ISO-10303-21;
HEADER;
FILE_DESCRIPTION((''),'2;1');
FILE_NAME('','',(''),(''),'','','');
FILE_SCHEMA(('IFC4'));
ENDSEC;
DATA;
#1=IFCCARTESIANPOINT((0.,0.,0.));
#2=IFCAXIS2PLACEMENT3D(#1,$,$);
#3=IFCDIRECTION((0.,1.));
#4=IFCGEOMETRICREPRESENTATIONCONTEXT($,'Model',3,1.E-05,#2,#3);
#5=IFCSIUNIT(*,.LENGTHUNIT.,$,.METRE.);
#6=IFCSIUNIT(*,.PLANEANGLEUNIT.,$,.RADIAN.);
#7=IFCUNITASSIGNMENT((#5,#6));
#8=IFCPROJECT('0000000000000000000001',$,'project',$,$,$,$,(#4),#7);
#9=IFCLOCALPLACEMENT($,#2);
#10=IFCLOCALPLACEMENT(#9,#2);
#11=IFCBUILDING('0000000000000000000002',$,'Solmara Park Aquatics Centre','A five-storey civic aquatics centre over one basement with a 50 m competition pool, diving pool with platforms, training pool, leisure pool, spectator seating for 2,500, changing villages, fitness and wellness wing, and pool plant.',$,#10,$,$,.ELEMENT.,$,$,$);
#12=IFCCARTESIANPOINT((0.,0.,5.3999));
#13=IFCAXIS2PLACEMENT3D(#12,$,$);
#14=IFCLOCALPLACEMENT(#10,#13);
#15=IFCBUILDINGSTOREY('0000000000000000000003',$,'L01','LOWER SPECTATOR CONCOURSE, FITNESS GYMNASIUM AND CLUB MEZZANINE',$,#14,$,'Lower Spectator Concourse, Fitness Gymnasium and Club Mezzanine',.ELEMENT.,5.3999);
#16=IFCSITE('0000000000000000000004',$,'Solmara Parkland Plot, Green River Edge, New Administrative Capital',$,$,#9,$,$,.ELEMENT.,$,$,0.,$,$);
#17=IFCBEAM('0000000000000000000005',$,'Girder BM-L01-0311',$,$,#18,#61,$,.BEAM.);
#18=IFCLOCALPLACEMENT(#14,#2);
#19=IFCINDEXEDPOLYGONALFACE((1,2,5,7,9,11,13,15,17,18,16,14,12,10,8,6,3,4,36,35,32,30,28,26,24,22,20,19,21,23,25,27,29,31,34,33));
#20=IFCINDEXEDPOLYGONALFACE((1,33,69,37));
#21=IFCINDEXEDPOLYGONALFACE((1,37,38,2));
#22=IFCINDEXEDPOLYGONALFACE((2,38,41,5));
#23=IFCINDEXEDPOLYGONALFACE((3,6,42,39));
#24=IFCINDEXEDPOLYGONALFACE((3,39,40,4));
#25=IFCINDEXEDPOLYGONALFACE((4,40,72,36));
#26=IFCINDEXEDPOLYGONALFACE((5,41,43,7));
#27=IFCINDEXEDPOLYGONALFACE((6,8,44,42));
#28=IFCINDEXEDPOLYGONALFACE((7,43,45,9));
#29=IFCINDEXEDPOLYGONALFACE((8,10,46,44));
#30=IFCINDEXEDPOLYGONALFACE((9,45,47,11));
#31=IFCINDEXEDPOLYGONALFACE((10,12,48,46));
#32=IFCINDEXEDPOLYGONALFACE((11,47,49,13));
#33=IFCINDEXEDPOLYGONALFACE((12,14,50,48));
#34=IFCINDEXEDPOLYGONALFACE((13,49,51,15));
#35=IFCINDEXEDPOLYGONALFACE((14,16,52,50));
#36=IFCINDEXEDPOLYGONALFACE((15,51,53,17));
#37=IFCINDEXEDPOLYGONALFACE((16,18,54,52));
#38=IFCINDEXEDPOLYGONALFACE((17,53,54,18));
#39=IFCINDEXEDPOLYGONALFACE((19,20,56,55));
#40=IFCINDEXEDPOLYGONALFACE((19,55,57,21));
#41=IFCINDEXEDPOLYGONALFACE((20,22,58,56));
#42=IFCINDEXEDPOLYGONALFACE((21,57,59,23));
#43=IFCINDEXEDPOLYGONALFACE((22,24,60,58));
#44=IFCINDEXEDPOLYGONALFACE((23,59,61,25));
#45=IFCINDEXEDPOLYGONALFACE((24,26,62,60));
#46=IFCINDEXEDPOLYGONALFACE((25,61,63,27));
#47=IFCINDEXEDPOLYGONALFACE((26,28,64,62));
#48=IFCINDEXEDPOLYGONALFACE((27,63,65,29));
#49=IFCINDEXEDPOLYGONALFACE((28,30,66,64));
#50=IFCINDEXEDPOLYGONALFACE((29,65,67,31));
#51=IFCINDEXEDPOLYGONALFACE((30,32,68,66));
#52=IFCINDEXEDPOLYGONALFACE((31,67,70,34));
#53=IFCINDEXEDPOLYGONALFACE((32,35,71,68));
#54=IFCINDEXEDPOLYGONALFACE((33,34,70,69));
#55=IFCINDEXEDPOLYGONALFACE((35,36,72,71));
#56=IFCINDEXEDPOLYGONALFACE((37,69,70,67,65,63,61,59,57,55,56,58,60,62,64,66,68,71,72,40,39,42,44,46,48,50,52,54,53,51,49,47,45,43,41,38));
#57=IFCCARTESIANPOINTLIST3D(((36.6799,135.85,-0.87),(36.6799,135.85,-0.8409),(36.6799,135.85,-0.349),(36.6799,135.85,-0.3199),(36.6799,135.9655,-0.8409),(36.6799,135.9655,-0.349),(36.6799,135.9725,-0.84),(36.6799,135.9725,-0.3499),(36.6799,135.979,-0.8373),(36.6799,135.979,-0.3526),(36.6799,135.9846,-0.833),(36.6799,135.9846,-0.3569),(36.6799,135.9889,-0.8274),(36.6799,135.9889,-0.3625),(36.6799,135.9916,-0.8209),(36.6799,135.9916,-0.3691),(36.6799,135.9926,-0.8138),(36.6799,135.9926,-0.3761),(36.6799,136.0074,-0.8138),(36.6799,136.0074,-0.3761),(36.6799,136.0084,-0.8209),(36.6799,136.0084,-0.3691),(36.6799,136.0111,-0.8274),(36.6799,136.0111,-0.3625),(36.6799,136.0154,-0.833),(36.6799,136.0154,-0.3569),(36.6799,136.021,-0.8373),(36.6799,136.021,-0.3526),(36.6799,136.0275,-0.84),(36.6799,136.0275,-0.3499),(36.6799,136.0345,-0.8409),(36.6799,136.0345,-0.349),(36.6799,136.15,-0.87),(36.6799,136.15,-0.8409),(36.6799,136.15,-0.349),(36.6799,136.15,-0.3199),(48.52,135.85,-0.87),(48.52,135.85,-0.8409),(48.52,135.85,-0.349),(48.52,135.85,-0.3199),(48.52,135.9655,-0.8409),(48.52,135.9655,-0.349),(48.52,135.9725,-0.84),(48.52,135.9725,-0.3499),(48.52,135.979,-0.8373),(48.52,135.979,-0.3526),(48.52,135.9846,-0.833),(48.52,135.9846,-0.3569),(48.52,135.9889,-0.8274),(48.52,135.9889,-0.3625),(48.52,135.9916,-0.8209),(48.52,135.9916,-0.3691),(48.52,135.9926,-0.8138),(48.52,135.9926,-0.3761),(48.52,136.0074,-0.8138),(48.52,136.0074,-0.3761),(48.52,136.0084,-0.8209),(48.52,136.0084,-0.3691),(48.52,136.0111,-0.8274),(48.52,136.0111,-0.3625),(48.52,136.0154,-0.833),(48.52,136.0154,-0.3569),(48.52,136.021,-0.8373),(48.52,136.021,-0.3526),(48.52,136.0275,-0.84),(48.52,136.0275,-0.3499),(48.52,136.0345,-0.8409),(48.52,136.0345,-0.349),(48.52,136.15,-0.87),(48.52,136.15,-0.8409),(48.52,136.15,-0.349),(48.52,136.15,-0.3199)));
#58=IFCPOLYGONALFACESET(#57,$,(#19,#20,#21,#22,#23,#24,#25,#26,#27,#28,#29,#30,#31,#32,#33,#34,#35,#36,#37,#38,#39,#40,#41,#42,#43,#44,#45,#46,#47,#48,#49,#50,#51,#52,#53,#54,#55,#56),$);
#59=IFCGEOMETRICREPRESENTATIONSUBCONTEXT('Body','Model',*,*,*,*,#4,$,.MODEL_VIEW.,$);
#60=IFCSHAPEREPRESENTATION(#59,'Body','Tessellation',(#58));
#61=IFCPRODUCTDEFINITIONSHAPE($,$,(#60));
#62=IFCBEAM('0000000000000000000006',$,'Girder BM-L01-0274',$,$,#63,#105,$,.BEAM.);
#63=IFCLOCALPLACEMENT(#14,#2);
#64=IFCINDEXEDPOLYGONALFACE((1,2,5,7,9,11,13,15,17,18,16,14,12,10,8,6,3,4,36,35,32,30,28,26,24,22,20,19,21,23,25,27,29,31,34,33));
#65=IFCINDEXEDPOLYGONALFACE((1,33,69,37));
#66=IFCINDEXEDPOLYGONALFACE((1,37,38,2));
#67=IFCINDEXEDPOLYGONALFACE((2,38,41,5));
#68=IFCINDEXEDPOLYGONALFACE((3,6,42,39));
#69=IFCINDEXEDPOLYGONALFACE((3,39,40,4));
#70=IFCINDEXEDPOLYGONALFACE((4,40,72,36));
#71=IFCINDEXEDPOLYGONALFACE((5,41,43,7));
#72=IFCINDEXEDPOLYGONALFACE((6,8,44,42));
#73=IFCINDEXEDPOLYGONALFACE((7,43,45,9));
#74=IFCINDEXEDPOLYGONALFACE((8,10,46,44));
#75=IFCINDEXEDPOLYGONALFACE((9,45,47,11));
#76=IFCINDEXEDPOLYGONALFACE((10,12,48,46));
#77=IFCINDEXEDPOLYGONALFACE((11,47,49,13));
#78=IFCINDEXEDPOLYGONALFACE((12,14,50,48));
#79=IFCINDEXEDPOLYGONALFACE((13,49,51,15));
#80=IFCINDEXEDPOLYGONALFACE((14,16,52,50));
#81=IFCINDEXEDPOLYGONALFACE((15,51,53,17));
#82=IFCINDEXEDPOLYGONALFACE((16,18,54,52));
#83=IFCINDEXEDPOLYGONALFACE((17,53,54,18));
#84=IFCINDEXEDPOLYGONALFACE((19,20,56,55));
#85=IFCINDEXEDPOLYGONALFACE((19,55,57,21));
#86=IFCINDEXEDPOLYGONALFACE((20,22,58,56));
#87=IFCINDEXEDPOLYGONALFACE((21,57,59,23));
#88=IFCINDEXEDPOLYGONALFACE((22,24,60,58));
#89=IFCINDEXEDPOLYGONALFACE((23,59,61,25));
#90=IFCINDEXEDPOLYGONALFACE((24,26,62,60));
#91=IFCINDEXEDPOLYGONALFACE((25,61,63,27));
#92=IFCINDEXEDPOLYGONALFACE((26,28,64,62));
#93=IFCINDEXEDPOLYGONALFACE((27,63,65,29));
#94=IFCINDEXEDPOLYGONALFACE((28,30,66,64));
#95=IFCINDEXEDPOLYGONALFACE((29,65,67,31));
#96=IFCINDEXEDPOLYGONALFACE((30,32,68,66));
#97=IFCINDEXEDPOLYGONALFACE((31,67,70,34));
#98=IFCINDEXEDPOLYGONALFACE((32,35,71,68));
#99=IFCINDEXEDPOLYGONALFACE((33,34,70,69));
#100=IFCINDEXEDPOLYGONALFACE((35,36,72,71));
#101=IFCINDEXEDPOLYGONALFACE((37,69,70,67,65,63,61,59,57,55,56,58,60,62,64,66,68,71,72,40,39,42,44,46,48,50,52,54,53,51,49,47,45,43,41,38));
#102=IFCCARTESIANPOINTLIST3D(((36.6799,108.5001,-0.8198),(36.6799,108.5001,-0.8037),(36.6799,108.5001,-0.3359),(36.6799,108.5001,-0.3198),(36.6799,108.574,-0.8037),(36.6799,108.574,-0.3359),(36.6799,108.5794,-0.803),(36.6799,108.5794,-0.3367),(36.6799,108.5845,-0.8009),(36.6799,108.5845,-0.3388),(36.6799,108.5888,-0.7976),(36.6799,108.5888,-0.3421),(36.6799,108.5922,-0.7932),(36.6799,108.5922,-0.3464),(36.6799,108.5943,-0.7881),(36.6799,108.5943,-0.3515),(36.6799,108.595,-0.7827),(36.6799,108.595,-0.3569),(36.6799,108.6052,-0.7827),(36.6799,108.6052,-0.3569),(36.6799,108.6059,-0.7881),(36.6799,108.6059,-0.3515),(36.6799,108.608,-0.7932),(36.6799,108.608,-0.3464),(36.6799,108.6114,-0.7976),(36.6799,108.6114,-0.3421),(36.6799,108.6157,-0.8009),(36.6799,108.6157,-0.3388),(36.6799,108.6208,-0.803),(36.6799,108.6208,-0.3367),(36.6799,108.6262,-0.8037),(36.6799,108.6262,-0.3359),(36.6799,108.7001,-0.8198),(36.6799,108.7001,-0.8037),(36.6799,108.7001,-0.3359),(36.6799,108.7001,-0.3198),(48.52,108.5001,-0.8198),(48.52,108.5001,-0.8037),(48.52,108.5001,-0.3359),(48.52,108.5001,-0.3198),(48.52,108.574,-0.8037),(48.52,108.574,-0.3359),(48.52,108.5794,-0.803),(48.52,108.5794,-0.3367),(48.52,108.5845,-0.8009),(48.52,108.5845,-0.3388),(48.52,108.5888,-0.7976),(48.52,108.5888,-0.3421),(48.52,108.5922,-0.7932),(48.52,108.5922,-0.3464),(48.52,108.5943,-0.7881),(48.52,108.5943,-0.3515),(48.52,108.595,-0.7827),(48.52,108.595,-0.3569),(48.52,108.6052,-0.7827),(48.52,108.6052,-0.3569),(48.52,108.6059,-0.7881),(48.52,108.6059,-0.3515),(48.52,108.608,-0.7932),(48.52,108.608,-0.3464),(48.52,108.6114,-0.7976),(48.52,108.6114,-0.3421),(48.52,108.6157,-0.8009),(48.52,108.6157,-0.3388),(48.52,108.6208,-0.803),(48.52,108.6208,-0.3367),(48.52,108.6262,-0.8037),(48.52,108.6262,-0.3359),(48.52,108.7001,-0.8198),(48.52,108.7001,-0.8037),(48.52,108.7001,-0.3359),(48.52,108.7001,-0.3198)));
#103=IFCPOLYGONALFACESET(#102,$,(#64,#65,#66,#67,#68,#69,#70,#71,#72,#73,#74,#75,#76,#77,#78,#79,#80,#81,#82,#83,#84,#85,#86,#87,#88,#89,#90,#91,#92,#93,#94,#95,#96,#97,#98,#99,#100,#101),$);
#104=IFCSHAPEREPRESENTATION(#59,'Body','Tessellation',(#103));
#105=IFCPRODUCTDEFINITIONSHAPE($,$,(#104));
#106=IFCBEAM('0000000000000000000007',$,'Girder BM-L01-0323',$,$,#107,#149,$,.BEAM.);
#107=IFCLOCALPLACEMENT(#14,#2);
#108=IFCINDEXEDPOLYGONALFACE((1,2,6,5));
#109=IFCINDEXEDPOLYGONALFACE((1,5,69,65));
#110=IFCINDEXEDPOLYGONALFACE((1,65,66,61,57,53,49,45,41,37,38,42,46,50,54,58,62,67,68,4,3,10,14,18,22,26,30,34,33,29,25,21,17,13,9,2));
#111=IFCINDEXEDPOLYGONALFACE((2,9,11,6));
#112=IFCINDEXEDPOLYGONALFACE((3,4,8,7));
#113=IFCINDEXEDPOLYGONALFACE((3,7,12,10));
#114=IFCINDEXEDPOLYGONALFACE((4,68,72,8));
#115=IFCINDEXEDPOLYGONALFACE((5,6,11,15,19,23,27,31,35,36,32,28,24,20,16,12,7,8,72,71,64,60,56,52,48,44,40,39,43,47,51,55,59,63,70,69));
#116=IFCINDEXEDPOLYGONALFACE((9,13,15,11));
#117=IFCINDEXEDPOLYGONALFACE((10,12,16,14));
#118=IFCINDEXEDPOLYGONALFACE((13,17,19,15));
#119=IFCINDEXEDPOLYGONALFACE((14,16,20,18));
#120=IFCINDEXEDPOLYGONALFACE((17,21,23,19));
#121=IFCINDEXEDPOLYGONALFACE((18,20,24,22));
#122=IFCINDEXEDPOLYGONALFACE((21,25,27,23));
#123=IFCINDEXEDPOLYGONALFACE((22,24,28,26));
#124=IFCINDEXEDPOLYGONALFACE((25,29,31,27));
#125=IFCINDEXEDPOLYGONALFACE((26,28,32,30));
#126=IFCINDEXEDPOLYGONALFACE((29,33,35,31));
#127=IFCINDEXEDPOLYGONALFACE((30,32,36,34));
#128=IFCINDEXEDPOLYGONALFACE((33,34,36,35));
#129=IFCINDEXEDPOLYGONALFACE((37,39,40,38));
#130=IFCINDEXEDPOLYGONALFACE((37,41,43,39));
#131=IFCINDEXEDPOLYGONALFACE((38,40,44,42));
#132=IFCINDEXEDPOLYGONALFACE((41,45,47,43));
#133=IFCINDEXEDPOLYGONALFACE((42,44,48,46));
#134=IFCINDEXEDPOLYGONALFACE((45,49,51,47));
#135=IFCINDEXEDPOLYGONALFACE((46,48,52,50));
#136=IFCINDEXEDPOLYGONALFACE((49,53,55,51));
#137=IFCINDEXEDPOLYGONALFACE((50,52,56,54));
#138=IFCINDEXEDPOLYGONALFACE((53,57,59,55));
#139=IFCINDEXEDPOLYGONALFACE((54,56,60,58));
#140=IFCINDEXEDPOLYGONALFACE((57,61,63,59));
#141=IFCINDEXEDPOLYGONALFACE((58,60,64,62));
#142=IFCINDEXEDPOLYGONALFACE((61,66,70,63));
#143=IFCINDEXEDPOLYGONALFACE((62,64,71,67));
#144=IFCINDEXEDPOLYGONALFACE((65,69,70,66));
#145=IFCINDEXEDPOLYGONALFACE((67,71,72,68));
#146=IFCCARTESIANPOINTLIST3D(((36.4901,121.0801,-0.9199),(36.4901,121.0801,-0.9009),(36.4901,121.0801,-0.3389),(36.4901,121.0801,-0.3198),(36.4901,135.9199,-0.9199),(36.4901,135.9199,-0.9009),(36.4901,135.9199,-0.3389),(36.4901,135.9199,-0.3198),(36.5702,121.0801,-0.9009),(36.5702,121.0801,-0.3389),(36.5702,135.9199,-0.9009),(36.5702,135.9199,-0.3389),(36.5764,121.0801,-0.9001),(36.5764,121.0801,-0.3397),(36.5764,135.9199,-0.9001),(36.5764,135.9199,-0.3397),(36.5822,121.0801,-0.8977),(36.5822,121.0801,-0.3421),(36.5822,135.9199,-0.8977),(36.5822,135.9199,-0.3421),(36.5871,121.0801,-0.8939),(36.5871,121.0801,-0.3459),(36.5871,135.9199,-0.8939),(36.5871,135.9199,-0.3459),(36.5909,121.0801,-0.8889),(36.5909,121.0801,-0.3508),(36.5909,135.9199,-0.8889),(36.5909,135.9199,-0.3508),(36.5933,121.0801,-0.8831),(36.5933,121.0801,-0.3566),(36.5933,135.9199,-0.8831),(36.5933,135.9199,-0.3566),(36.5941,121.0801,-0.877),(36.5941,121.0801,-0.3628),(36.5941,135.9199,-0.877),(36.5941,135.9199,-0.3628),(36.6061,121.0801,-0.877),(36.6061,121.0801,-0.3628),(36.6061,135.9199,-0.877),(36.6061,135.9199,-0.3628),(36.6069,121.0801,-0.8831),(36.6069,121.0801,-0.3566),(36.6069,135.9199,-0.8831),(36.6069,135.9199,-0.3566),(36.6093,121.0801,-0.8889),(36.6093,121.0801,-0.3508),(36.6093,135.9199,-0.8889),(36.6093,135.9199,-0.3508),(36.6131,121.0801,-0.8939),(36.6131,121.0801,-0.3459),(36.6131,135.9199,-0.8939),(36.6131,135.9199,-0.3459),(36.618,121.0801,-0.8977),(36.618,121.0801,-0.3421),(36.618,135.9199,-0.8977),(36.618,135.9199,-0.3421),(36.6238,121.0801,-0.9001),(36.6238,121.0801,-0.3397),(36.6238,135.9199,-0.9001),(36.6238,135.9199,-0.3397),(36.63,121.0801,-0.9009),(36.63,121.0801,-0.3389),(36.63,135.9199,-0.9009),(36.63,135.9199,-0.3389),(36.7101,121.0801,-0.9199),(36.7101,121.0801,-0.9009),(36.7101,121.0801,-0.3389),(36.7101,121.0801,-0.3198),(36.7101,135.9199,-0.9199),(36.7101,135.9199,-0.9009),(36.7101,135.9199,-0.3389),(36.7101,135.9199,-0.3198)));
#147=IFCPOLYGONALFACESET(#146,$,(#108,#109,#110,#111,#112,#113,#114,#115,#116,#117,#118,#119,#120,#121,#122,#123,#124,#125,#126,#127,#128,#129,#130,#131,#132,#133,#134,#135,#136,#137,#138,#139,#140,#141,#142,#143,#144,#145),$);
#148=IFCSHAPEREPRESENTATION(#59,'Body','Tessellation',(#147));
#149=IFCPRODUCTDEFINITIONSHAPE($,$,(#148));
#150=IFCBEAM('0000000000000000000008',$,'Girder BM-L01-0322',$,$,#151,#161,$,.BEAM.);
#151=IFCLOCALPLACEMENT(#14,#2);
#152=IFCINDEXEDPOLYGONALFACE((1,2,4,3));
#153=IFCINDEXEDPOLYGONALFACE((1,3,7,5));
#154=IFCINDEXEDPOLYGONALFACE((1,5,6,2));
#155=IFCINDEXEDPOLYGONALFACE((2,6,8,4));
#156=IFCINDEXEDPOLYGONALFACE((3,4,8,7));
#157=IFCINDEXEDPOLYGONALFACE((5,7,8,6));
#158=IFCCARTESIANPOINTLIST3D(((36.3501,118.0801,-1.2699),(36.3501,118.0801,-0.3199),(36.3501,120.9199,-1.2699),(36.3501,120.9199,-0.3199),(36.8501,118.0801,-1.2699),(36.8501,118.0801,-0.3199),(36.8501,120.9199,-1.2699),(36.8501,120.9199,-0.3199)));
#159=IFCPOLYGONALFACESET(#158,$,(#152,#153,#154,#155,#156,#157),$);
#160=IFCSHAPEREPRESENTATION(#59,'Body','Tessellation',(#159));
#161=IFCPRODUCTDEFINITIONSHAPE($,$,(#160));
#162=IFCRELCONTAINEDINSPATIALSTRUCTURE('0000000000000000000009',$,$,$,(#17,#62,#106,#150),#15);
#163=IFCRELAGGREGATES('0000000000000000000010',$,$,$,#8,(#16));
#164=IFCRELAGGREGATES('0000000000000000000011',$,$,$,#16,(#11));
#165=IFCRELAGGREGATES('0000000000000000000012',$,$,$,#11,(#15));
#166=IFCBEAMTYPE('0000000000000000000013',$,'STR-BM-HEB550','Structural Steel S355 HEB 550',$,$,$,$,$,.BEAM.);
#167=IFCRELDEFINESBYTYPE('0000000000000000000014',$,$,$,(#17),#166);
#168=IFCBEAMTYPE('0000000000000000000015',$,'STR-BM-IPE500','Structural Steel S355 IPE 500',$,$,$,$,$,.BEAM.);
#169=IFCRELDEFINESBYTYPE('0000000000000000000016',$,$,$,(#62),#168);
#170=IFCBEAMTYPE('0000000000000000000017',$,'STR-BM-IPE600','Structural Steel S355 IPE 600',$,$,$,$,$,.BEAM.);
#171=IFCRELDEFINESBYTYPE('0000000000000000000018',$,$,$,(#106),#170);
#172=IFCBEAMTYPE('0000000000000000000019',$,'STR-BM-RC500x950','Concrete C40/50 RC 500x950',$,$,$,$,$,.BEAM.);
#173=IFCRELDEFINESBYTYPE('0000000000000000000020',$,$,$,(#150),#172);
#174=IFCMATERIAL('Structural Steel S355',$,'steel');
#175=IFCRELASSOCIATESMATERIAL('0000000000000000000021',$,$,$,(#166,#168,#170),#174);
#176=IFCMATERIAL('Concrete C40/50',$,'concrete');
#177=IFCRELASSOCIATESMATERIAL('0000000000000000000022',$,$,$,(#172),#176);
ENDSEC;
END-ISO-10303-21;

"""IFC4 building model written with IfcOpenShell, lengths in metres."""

from ifc_helpers import new_model, si_unit, direction, frame, origin, origin_2d, place, context, subcontext, project, spatial, rectangle, i_section, extrude, material, material_profile, profile_set, type_object, element, save


model = new_model("IFC4")

# Units and contexts
model_context = context("Model", 3, precision=1e-05, world=origin(), true_north=direction((0.0, 1.0)))
body_context = subcontext(model_context, "Body", "Model", "MODEL_VIEW")
ifc_project = project(units=[si_unit("LENGTHUNIT", "METRE"), si_unit("PLANEANGLEUNIT", "RADIAN")], contexts=[model_context])

# Site, building, storey
site_placement = place(None, origin())
site = spatial("IfcSite", under=ifc_project, at=site_placement, Name="Solmara Parkland Plot, Green River Edge, New Administrative Capital", CompositionType="ELEMENT", RefElevation=0.0)
building_placement = place(site_placement, origin())
building = spatial("IfcBuilding", under=site, at=building_placement, Name="Solmara Park Aquatics Centre", Description="A five-storey civic aquatics centre over one basement with a 50 m competition pool, diving pool with platforms, training pool, leisure pool, spectator seating for 2,500, changing villages, fitness and wellness wing, and pool plant.", CompositionType="ELEMENT")
storey_placement = place(building_placement, frame((0.0, 0.0, 5.3999)))
storey = spatial("IfcBuildingStorey", under=building, at=storey_placement, Name="L01", Description="LOWER SPECTATOR CONCOURSE, FITNESS GYMNASIUM AND CLUB MEZZANINE", LongName="Lower Spectator Concourse, Fitness Gymnasium and Club Mezzanine", CompositionType="ELEMENT", Elevation=5.3999)

# Shared definitions
ifc_material_1 = material(Name="Structural Steel S355", Category="steel")
ifc_material_2 = material(Name="Concrete C40/50", Category="concrete")

# Beams
ifc_material_profile_1 = material_profile(ifc_material_1, i_section(OverallWidth=0.3, OverallDepth=0.55, WebThickness=0.0149, FlangeThickness=0.0291, FilletRadius=0.0271, at=origin_2d()), Name="HEB 550")
ifc_profile_set_1 = profile_set([ifc_material_profile_1], Name="Structural Steel S355")
beam_type_1 = type_object("IfcBeamType", Name="STR-BM-HEB550", Description="Structural Steel S355 HEB 550", PredefinedType="BEAM", material=ifc_profile_set_1)
for number, where, z_axis, x_axis, name in (
    (1, (36.6799, 136.0, -0.595), (1.0, 0.0, 0.0), (0.0, 1.0, 0.0), "Girder BM-L01-0311"),
):
    element("IfcBeam", number, at=place(storey_placement, frame(where, z_axis=z_axis, x_axis=x_axis)), inside=storey, type_object=beam_type_1, Name=name, PredefinedType="BEAM", context=body_context, shape_type="SweptSolid", body=[
        extrude(i_section(OverallWidth=0.3, OverallDepth=0.55, WebThickness=0.0149, FlangeThickness=0.0291, FilletRadius=0.0271, at=origin_2d()), origin(), (0.0, 0.0, 1.0), 11.8401),
    ])
ifc_material_profile_2 = material_profile(ifc_material_1, i_section(OverallWidth=0.2, OverallDepth=0.5, WebThickness=0.0103, FlangeThickness=0.0161, FilletRadius=0.021, at=origin_2d()), Name="IPE 500")
ifc_profile_set_2 = profile_set([ifc_material_profile_2], Name="Structural Steel S355")
beam_type_2 = type_object("IfcBeamType", Name="STR-BM-IPE500", Description="Structural Steel S355 IPE 500", PredefinedType="BEAM", material=ifc_profile_set_2)
beam_1_placement = place(storey_placement, frame((36.6799, 108.6001, -0.5698), z_axis=(1.0, 0.0, 0.0), x_axis=(0.0, 1.0, 0.0)))
element("IfcBeam", 2, at=beam_1_placement, inside=storey, type_object=beam_type_2, Name="Girder BM-L01-0274", PredefinedType="BEAM", context=body_context, shape_type="SweptSolid", body=[
    extrude(i_section(OverallWidth=0.2, OverallDepth=0.5, WebThickness=0.0103, FlangeThickness=0.0161, FilletRadius=0.021, at=origin_2d()), origin(), (0.0, 0.0, 1.0), 11.8401),
])
ifc_material_profile_3 = material_profile(ifc_material_1, i_section(OverallWidth=0.22, OverallDepth=0.6001, WebThickness=0.012, FlangeThickness=0.019, FilletRadius=0.0239, at=origin_2d()), Name="IPE 600")
ifc_profile_set_3 = profile_set([ifc_material_profile_3], Name="Structural Steel S355")
beam_type_3 = type_object("IfcBeamType", Name="STR-BM-IPE600", Description="Structural Steel S355 IPE 600", PredefinedType="BEAM", material=ifc_profile_set_3)
beam_2_placement = place(storey_placement, frame((36.6001, 121.0801, -0.6199), z_axis=(0.0, 1.0, 0.0), x_axis=(-1.0, 0.0, 0.0)))
element("IfcBeam", 3, at=beam_2_placement, inside=storey, type_object=beam_type_3, Name="Girder BM-L01-0323", PredefinedType="BEAM", context=body_context, shape_type="SweptSolid", body=[
    extrude(i_section(OverallWidth=0.22, OverallDepth=0.6001, WebThickness=0.012, FlangeThickness=0.019, FilletRadius=0.0239, at=origin_2d()), origin(), (0.0, 0.0, 1.0), 14.8398),
])
ifc_material_profile_4 = material_profile(ifc_material_2, rectangle(XDim=0.5, YDim=0.95, at=origin_2d()), Name="RC 500x950")
ifc_profile_set_4 = profile_set([ifc_material_profile_4], Name="Concrete C40/50")
beam_type_4 = type_object("IfcBeamType", Name="STR-BM-RC500x950", Description="Concrete C40/50 RC 500x950", PredefinedType="BEAM", material=ifc_profile_set_4)
beam_3_placement = place(storey_placement, frame((36.6001, 118.0801, -0.7949), z_axis=(0.0, 1.0, 0.0), x_axis=(-1.0, 0.0, 0.0)))
element("IfcBeam", 4, at=beam_3_placement, inside=storey, type_object=beam_type_4, Name="Girder BM-L01-0322", PredefinedType="BEAM", context=body_context, shape_type="SweptSolid", body=[
    extrude(rectangle(XDim=0.5, YDim=0.95, at=origin_2d()), origin(), (0.0, 0.0, 1.0), 2.8398),
])

save(model, "model.ifc")
